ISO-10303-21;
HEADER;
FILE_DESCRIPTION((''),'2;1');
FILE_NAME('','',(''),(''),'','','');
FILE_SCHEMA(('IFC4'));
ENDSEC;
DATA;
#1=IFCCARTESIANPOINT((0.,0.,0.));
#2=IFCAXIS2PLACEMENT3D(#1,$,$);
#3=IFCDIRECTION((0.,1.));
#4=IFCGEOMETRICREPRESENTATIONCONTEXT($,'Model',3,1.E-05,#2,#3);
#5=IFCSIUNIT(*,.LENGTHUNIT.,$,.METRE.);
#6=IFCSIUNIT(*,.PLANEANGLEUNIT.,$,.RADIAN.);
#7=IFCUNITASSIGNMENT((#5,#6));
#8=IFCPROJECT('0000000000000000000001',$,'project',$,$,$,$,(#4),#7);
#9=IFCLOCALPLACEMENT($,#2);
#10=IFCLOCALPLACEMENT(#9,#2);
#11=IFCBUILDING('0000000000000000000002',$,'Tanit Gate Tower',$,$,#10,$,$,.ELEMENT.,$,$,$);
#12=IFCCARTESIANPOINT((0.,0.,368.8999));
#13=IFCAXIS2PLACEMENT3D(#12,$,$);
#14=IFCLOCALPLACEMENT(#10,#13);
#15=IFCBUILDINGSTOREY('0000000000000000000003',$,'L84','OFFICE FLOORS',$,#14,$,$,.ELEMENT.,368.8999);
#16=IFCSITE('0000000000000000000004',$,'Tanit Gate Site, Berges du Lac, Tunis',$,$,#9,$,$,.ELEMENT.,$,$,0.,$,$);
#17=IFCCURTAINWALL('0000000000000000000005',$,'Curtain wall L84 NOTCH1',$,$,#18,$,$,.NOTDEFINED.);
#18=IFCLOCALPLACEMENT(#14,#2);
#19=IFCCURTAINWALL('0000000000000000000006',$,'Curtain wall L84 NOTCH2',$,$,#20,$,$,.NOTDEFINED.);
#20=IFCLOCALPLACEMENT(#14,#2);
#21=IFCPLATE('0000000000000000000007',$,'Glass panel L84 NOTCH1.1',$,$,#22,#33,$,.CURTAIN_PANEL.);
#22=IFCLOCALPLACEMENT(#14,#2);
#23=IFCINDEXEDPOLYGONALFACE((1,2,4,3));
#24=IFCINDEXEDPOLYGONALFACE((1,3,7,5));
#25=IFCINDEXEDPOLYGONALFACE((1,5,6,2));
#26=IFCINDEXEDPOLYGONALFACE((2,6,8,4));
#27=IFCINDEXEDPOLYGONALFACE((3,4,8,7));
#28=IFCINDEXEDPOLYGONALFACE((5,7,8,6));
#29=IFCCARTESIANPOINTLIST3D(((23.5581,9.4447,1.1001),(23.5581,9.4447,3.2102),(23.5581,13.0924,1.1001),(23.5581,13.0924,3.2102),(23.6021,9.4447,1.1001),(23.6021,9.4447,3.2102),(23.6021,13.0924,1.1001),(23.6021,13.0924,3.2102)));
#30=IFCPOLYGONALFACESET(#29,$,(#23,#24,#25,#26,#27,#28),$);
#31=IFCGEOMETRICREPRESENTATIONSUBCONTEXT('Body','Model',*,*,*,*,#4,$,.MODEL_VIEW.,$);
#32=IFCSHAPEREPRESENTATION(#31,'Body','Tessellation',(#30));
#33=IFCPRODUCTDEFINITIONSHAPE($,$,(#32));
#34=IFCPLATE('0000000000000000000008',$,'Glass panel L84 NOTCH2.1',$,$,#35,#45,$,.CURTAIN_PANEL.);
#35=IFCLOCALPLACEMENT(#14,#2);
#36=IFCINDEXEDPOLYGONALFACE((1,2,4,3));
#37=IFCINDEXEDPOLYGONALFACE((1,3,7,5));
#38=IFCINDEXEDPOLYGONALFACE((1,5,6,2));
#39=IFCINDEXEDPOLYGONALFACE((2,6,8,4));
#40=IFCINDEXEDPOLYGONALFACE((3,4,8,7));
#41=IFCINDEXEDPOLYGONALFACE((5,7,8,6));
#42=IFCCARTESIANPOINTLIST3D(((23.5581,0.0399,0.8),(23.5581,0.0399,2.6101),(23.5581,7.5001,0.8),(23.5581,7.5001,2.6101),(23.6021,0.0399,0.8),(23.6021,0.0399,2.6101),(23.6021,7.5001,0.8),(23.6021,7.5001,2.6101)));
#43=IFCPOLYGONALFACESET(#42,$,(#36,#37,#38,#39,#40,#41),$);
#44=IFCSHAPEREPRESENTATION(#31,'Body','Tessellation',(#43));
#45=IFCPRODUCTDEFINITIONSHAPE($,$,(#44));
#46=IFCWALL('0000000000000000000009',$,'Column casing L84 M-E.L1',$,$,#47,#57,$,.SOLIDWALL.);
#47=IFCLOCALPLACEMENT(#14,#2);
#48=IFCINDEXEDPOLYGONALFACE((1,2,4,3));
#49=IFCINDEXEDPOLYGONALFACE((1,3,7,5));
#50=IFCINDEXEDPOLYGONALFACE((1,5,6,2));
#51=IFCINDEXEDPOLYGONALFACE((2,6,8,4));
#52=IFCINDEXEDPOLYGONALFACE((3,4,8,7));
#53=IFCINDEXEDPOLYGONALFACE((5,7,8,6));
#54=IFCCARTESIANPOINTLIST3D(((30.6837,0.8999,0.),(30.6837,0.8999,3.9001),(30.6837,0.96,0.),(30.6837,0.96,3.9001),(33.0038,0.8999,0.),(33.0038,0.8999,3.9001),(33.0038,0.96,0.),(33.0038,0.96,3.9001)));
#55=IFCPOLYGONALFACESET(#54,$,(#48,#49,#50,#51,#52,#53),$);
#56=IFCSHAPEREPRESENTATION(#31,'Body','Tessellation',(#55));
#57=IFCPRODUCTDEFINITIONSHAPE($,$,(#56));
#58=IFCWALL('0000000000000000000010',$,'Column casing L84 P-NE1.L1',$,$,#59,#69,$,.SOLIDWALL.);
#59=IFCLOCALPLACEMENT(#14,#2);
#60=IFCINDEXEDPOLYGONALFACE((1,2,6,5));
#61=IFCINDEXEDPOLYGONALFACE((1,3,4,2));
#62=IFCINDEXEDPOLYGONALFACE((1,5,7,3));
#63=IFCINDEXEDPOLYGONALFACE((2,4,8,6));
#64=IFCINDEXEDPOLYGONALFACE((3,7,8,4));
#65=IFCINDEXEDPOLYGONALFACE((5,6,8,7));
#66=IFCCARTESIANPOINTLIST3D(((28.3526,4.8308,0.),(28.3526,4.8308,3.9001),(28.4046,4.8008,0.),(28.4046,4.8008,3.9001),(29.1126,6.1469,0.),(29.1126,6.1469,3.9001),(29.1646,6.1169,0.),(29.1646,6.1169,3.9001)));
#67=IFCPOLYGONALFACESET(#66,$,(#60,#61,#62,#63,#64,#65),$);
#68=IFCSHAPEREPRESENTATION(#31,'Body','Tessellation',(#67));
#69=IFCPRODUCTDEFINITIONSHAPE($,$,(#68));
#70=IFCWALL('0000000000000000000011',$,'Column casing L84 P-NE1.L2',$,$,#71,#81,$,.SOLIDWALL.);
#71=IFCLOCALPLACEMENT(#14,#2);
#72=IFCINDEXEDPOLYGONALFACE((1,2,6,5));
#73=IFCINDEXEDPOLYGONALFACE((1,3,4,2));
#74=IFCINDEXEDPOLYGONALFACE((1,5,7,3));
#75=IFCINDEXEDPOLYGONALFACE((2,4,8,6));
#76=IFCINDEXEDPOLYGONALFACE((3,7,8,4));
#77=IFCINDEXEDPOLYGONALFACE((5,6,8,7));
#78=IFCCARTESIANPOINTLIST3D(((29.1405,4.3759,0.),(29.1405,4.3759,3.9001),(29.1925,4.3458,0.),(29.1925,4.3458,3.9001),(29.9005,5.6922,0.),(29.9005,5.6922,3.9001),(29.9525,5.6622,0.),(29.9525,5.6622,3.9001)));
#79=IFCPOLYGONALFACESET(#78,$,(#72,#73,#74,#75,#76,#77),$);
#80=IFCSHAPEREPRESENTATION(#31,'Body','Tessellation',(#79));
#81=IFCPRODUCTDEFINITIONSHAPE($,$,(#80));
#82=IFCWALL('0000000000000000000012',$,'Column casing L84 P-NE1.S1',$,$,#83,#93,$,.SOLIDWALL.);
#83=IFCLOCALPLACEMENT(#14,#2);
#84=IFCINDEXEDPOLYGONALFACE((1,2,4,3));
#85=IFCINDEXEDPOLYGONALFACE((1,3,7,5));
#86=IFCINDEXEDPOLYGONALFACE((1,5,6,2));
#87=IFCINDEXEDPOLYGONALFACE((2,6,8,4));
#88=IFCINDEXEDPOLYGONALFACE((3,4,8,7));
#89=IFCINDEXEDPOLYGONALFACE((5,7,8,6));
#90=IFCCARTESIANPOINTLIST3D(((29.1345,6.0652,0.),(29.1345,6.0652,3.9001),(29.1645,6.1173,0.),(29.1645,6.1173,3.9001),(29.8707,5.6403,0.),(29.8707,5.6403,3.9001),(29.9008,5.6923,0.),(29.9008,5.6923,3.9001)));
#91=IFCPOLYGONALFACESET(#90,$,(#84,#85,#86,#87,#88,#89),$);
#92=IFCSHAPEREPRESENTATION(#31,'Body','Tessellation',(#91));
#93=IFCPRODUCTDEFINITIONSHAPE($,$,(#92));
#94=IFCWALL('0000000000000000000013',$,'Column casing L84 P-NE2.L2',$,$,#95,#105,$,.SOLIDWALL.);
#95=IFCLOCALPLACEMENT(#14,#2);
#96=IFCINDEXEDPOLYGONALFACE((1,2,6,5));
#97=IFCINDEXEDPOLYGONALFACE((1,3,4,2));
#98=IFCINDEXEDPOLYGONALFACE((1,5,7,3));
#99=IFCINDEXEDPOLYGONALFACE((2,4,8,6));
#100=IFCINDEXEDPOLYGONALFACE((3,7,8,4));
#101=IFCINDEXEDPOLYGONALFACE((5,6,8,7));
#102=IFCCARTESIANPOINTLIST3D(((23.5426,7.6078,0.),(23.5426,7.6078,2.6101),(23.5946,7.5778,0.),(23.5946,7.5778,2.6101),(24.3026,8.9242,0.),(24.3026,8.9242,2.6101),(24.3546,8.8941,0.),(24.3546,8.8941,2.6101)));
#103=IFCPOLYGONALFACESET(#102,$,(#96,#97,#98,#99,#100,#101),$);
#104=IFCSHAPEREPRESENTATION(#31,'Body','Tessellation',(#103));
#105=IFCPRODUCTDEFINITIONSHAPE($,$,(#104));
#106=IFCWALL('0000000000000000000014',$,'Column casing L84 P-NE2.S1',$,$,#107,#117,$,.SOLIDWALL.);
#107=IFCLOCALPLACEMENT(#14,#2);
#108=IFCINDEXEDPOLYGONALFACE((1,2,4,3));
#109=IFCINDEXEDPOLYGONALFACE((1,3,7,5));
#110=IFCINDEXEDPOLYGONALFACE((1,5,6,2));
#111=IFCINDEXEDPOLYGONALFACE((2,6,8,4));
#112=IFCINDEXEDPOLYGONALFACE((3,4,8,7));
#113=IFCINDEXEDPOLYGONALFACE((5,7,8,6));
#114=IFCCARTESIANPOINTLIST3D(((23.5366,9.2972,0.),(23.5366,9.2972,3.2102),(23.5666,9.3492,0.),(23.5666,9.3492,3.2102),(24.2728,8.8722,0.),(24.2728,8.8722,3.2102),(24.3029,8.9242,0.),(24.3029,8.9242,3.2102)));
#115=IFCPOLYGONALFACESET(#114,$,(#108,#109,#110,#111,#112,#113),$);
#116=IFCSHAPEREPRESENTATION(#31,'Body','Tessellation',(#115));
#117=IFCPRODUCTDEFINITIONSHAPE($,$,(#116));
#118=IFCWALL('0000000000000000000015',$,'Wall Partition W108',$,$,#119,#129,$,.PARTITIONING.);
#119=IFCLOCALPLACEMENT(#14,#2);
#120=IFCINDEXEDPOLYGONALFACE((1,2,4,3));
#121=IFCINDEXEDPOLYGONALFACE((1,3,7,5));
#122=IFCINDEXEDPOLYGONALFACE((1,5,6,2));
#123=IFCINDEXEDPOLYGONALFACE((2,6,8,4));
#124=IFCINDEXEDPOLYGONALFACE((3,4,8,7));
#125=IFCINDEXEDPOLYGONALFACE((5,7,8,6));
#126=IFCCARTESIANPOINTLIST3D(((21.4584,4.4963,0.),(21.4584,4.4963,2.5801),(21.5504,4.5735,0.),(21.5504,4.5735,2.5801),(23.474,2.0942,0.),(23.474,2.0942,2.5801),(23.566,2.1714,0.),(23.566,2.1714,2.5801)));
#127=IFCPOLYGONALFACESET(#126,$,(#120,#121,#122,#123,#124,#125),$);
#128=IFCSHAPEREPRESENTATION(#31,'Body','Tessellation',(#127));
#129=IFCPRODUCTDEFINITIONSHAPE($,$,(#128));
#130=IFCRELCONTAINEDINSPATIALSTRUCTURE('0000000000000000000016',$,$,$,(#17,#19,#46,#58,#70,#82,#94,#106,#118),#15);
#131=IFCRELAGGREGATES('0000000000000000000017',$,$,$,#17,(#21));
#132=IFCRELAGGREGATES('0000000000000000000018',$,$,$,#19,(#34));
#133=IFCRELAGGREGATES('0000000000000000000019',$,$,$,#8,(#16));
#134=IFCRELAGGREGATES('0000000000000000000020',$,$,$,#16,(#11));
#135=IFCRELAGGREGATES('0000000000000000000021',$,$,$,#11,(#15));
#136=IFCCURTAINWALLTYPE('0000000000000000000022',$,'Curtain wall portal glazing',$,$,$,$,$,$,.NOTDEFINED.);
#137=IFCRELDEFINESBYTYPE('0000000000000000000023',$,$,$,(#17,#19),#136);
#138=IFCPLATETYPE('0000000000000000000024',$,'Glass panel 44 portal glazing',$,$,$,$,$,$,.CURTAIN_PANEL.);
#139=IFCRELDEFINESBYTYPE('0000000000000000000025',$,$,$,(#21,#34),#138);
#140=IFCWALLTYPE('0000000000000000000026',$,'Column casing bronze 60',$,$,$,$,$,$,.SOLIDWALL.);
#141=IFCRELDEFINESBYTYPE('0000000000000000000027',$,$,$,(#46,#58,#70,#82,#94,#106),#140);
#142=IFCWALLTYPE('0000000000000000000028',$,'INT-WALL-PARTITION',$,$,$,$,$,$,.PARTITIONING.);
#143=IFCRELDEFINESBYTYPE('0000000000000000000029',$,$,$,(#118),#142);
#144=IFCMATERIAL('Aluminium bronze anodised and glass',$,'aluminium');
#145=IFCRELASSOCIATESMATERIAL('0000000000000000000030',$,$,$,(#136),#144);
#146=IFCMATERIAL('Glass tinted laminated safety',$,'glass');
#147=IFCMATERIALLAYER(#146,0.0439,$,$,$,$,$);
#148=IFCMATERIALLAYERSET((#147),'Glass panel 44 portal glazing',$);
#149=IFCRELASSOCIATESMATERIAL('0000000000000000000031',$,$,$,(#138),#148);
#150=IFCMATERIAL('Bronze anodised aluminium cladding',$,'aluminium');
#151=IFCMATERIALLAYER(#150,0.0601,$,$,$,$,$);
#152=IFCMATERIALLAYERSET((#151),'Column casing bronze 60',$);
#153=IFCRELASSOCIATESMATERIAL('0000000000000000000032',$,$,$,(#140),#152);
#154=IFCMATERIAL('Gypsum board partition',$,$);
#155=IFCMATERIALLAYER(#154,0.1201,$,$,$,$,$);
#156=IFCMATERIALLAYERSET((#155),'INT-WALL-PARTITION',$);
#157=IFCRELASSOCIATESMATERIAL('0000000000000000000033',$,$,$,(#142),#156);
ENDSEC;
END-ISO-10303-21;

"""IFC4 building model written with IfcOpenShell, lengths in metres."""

from ifc_helpers import new_model, si_unit, direction, frame, frame_2d, origin, origin_2d, place, context, subcontext, project, spatial, rectangle, extrude, material, layer, layer_set, type_object, element, aggregate, save


model = new_model("IFC4")

# Units and contexts
model_context = context("Model", 3, precision=1e-05, world=origin(), true_north=direction((0.0, 1.0)))
body_context = subcontext(model_context, "Body", "Model", "MODEL_VIEW")
ifc_project = project(units=[si_unit("LENGTHUNIT", "METRE"), si_unit("PLANEANGLEUNIT", "RADIAN")], contexts=[model_context])

# Site, building, storey
site_placement = place(None, origin())
site = spatial("IfcSite", under=ifc_project, at=site_placement, Name="Tanit Gate Site, Berges du Lac, Tunis", CompositionType="ELEMENT", RefElevation=0.0)
building_placement = place(site_placement, origin())
building = spatial("IfcBuilding", under=site, at=building_placement, Name="Tanit Gate Tower", CompositionType="ELEMENT")
storey_placement = place(building_placement, frame((0.0, 0.0, 368.8999)))
storey = spatial("IfcBuildingStorey", under=building, at=storey_placement, Name="L84", Description="OFFICE FLOORS", CompositionType="ELEMENT", Elevation=368.8999)

# Curtain walls
ifc_material_1 = material(Name="Aluminium bronze anodised and glass", Category="aluminium")
curtain_wall_type_1 = type_object("IfcCurtainWallType", Name="Curtain wall portal glazing", PredefinedType="NOTDEFINED", material=ifc_material_1)
curtain_wall_1_placement = place(storey_placement, origin())
curtain_wall_1 = element("IfcCurtainWall", 1, at=curtain_wall_1_placement, inside=storey, type_object=curtain_wall_type_1, Name="Curtain wall L84 NOTCH1", PredefinedType="NOTDEFINED")
curtain_wall_2_placement = place(storey_placement, origin())
curtain_wall_2 = element("IfcCurtainWall", 2, at=curtain_wall_2_placement, inside=storey, type_object=curtain_wall_type_1, Name="Curtain wall L84 NOTCH2", PredefinedType="NOTDEFINED")

# Plates
ifc_material_2 = material(Name="Glass tinted laminated safety", Category="glass")
ifc_layer_1 = layer(ifc_material_2, 0.0439)
ifc_layer_set_1 = layer_set([ifc_layer_1], Name="Glass panel 44 portal glazing")
plate_type = type_object("IfcPlateType", Name="Glass panel 44 portal glazing", PredefinedType="CURTAIN_PANEL", material=ifc_layer_set_1)
plate_1_placement = place(storey_placement, frame((23.5801, 11.2686, 1.1001), z_axis=(0.0, 0.0, 1.0), x_axis=(0.0, -1.0, 0.0)))
plate_1 = element("IfcPlate", 3, at=plate_1_placement, type_object=plate_type, Name="Glass panel L84 NOTCH1.1", PredefinedType="CURTAIN_PANEL", context=body_context, shape_type="SweptSolid", body=[
    extrude(rectangle(XDim=3.6477, YDim=0.0439, at=origin_2d()), origin(), (0.0, 0.0, 1.0), 2.1101),
])
aggregate(curtain_wall_1, [plate_1])
plate_2_placement = place(storey_placement, frame((23.5801, 3.77, 0.8), z_axis=(0.0, 0.0, 1.0), x_axis=(0.0, -1.0, 0.0)))
plate_2 = element("IfcPlate", 4, at=plate_2_placement, type_object=plate_type, Name="Glass panel L84 NOTCH2.1", PredefinedType="CURTAIN_PANEL", context=body_context, shape_type="SweptSolid", body=[
    extrude(rectangle(XDim=7.4602, YDim=0.0439, at=origin_2d()), origin(), (0.0, 0.0, 1.0), 1.8101),
])
aggregate(curtain_wall_2, [plate_2])

# Walls
ifc_material_3 = material(Name="Bronze anodised aluminium cladding", Category="aluminium")
ifc_layer_2 = layer(ifc_material_3, 0.0601)
ifc_layer_set_2 = layer_set([ifc_layer_2], Name="Column casing bronze 60")
wall_type_1 = type_object("IfcWallType", Name="Column casing bronze 60", PredefinedType="SOLIDWALL", material=ifc_layer_set_2)
wall_1_placement = place(storey_placement, frame((30.6836, 0.9299, 0.0), z_axis=(0.0, 0.0, 1.0), x_axis=(1.0, 0.0, 0.0)))
element("IfcWall", 5, at=wall_1_placement, inside=storey, type_object=wall_type_1, Name="Column casing L84 M-E.L1", PredefinedType="SOLIDWALL", context=body_context, shape_type="SweptSolid", body=[
    extrude(rectangle(XDim=2.3201, YDim=0.0601, at=frame_2d((1.1602, 0.0))), origin(), (0.0, 0.0, 1.0), 3.9001),
])
wall_2_placement = place(storey_placement, frame((28.3787, 4.8159, 0.0), z_axis=(0.0, 0.0, 1.0), x_axis=(0.500061, 0.86599, 0.0)))
element("IfcWall", 6, at=wall_2_placement, inside=storey, type_object=wall_type_1, Name="Column casing L84 P-NE1.L1", PredefinedType="SOLIDWALL", context=body_context, shape_type="SweptSolid", body=[
    extrude(rectangle(XDim=1.5198, YDim=0.0601, at=frame_2d((0.7598, 0.0))), origin(), (0.0, 0.0, 1.0), 3.9001),
])
wall_3_placement = place(storey_placement, frame((29.1665, 4.3608, 0.0), z_axis=(0.0, 0.0, 1.0), x_axis=(0.499991, 0.86603, 0.0)))
element("IfcWall", 7, at=wall_3_placement, inside=storey, type_object=wall_type_1, Name="Column casing L84 P-NE1.L2", PredefinedType="SOLIDWALL", context=body_context, shape_type="SweptSolid", body=[
    extrude(rectangle(XDim=1.52, YDim=0.0601, at=frame_2d((0.76, 0.0))), origin(), (0.0, 0.0, 1.0), 3.9001),
])
wall_4_placement = place(storey_placement, frame((29.8857, 5.6663, 0.0), z_axis=(0.0, 0.0, 1.0), x_axis=(-0.866061, 0.499938, 0.0)))
element("IfcWall", 8, at=wall_4_placement, inside=storey, type_object=wall_type_1, Name="Column casing L84 P-NE1.S1", PredefinedType="SOLIDWALL", context=body_context, shape_type="SweptSolid", body=[
    extrude(rectangle(XDim=0.8501, YDim=0.0601, at=frame_2d((0.425, 0.0))), origin(), (0.0, 0.0, 1.0), 3.9001),
])
wall_5_placement = place(storey_placement, frame((23.5686, 7.5928, 0.0), z_axis=(0.0, 0.0, 1.0), x_axis=(0.499991, 0.86603, 0.0)))
element("IfcWall", 9, at=wall_5_placement, inside=storey, type_object=wall_type_1, Name="Column casing L84 P-NE2.L2", PredefinedType="SOLIDWALL", context=body_context, shape_type="SweptSolid", body=[
    extrude(rectangle(XDim=1.52, YDim=0.0601, at=frame_2d((0.76, 0.0))), origin(), (0.0, 0.0, 1.0), 2.6101),
])
wall_6_placement = place(storey_placement, frame((24.2878, 8.8982, 0.0), z_axis=(0.0, 0.0, 1.0), x_axis=(-0.866061, 0.499938, 0.0)))
element("IfcWall", 10, at=wall_6_placement, inside=storey, type_object=wall_type_1, Name="Column casing L84 P-NE2.S1", PredefinedType="SOLIDWALL", context=body_context, shape_type="SweptSolid", body=[
    extrude(rectangle(XDim=0.8501, YDim=0.0601, at=frame_2d((0.425, 0.0))), origin(), (0.0, 0.0, 1.0), 3.2102),
])
ifc_material_4 = material(Name="Gypsum board partition")
ifc_layer_3 = layer(ifc_material_4, 0.1201)
ifc_layer_set_3 = layer_set([ifc_layer_3], Name="INT-WALL-PARTITION")
wall_type_2 = type_object("IfcWallType", Name="INT-WALL-PARTITION", PredefinedType="PARTITIONING", material=ifc_layer_set_3)
wall_7_placement = place(storey_placement, frame((23.52, 2.1328, 0.0), z_axis=(0.0, 0.0, 1.0), x_axis=(-0.642792, 0.766041, 0.0)))
element("IfcWall", 11, at=wall_7_placement, inside=storey, type_object=wall_type_2, Name="Wall Partition W108", PredefinedType="PARTITIONING", context=body_context, shape_type="SweptSolid", body=[
    extrude(rectangle(XDim=3.1357, YDim=0.1201, at=frame_2d((1.5679, 0.0))), origin(), (0.0, 0.0, 1.0), 2.5801),
])

save(model, "model.ifc")
